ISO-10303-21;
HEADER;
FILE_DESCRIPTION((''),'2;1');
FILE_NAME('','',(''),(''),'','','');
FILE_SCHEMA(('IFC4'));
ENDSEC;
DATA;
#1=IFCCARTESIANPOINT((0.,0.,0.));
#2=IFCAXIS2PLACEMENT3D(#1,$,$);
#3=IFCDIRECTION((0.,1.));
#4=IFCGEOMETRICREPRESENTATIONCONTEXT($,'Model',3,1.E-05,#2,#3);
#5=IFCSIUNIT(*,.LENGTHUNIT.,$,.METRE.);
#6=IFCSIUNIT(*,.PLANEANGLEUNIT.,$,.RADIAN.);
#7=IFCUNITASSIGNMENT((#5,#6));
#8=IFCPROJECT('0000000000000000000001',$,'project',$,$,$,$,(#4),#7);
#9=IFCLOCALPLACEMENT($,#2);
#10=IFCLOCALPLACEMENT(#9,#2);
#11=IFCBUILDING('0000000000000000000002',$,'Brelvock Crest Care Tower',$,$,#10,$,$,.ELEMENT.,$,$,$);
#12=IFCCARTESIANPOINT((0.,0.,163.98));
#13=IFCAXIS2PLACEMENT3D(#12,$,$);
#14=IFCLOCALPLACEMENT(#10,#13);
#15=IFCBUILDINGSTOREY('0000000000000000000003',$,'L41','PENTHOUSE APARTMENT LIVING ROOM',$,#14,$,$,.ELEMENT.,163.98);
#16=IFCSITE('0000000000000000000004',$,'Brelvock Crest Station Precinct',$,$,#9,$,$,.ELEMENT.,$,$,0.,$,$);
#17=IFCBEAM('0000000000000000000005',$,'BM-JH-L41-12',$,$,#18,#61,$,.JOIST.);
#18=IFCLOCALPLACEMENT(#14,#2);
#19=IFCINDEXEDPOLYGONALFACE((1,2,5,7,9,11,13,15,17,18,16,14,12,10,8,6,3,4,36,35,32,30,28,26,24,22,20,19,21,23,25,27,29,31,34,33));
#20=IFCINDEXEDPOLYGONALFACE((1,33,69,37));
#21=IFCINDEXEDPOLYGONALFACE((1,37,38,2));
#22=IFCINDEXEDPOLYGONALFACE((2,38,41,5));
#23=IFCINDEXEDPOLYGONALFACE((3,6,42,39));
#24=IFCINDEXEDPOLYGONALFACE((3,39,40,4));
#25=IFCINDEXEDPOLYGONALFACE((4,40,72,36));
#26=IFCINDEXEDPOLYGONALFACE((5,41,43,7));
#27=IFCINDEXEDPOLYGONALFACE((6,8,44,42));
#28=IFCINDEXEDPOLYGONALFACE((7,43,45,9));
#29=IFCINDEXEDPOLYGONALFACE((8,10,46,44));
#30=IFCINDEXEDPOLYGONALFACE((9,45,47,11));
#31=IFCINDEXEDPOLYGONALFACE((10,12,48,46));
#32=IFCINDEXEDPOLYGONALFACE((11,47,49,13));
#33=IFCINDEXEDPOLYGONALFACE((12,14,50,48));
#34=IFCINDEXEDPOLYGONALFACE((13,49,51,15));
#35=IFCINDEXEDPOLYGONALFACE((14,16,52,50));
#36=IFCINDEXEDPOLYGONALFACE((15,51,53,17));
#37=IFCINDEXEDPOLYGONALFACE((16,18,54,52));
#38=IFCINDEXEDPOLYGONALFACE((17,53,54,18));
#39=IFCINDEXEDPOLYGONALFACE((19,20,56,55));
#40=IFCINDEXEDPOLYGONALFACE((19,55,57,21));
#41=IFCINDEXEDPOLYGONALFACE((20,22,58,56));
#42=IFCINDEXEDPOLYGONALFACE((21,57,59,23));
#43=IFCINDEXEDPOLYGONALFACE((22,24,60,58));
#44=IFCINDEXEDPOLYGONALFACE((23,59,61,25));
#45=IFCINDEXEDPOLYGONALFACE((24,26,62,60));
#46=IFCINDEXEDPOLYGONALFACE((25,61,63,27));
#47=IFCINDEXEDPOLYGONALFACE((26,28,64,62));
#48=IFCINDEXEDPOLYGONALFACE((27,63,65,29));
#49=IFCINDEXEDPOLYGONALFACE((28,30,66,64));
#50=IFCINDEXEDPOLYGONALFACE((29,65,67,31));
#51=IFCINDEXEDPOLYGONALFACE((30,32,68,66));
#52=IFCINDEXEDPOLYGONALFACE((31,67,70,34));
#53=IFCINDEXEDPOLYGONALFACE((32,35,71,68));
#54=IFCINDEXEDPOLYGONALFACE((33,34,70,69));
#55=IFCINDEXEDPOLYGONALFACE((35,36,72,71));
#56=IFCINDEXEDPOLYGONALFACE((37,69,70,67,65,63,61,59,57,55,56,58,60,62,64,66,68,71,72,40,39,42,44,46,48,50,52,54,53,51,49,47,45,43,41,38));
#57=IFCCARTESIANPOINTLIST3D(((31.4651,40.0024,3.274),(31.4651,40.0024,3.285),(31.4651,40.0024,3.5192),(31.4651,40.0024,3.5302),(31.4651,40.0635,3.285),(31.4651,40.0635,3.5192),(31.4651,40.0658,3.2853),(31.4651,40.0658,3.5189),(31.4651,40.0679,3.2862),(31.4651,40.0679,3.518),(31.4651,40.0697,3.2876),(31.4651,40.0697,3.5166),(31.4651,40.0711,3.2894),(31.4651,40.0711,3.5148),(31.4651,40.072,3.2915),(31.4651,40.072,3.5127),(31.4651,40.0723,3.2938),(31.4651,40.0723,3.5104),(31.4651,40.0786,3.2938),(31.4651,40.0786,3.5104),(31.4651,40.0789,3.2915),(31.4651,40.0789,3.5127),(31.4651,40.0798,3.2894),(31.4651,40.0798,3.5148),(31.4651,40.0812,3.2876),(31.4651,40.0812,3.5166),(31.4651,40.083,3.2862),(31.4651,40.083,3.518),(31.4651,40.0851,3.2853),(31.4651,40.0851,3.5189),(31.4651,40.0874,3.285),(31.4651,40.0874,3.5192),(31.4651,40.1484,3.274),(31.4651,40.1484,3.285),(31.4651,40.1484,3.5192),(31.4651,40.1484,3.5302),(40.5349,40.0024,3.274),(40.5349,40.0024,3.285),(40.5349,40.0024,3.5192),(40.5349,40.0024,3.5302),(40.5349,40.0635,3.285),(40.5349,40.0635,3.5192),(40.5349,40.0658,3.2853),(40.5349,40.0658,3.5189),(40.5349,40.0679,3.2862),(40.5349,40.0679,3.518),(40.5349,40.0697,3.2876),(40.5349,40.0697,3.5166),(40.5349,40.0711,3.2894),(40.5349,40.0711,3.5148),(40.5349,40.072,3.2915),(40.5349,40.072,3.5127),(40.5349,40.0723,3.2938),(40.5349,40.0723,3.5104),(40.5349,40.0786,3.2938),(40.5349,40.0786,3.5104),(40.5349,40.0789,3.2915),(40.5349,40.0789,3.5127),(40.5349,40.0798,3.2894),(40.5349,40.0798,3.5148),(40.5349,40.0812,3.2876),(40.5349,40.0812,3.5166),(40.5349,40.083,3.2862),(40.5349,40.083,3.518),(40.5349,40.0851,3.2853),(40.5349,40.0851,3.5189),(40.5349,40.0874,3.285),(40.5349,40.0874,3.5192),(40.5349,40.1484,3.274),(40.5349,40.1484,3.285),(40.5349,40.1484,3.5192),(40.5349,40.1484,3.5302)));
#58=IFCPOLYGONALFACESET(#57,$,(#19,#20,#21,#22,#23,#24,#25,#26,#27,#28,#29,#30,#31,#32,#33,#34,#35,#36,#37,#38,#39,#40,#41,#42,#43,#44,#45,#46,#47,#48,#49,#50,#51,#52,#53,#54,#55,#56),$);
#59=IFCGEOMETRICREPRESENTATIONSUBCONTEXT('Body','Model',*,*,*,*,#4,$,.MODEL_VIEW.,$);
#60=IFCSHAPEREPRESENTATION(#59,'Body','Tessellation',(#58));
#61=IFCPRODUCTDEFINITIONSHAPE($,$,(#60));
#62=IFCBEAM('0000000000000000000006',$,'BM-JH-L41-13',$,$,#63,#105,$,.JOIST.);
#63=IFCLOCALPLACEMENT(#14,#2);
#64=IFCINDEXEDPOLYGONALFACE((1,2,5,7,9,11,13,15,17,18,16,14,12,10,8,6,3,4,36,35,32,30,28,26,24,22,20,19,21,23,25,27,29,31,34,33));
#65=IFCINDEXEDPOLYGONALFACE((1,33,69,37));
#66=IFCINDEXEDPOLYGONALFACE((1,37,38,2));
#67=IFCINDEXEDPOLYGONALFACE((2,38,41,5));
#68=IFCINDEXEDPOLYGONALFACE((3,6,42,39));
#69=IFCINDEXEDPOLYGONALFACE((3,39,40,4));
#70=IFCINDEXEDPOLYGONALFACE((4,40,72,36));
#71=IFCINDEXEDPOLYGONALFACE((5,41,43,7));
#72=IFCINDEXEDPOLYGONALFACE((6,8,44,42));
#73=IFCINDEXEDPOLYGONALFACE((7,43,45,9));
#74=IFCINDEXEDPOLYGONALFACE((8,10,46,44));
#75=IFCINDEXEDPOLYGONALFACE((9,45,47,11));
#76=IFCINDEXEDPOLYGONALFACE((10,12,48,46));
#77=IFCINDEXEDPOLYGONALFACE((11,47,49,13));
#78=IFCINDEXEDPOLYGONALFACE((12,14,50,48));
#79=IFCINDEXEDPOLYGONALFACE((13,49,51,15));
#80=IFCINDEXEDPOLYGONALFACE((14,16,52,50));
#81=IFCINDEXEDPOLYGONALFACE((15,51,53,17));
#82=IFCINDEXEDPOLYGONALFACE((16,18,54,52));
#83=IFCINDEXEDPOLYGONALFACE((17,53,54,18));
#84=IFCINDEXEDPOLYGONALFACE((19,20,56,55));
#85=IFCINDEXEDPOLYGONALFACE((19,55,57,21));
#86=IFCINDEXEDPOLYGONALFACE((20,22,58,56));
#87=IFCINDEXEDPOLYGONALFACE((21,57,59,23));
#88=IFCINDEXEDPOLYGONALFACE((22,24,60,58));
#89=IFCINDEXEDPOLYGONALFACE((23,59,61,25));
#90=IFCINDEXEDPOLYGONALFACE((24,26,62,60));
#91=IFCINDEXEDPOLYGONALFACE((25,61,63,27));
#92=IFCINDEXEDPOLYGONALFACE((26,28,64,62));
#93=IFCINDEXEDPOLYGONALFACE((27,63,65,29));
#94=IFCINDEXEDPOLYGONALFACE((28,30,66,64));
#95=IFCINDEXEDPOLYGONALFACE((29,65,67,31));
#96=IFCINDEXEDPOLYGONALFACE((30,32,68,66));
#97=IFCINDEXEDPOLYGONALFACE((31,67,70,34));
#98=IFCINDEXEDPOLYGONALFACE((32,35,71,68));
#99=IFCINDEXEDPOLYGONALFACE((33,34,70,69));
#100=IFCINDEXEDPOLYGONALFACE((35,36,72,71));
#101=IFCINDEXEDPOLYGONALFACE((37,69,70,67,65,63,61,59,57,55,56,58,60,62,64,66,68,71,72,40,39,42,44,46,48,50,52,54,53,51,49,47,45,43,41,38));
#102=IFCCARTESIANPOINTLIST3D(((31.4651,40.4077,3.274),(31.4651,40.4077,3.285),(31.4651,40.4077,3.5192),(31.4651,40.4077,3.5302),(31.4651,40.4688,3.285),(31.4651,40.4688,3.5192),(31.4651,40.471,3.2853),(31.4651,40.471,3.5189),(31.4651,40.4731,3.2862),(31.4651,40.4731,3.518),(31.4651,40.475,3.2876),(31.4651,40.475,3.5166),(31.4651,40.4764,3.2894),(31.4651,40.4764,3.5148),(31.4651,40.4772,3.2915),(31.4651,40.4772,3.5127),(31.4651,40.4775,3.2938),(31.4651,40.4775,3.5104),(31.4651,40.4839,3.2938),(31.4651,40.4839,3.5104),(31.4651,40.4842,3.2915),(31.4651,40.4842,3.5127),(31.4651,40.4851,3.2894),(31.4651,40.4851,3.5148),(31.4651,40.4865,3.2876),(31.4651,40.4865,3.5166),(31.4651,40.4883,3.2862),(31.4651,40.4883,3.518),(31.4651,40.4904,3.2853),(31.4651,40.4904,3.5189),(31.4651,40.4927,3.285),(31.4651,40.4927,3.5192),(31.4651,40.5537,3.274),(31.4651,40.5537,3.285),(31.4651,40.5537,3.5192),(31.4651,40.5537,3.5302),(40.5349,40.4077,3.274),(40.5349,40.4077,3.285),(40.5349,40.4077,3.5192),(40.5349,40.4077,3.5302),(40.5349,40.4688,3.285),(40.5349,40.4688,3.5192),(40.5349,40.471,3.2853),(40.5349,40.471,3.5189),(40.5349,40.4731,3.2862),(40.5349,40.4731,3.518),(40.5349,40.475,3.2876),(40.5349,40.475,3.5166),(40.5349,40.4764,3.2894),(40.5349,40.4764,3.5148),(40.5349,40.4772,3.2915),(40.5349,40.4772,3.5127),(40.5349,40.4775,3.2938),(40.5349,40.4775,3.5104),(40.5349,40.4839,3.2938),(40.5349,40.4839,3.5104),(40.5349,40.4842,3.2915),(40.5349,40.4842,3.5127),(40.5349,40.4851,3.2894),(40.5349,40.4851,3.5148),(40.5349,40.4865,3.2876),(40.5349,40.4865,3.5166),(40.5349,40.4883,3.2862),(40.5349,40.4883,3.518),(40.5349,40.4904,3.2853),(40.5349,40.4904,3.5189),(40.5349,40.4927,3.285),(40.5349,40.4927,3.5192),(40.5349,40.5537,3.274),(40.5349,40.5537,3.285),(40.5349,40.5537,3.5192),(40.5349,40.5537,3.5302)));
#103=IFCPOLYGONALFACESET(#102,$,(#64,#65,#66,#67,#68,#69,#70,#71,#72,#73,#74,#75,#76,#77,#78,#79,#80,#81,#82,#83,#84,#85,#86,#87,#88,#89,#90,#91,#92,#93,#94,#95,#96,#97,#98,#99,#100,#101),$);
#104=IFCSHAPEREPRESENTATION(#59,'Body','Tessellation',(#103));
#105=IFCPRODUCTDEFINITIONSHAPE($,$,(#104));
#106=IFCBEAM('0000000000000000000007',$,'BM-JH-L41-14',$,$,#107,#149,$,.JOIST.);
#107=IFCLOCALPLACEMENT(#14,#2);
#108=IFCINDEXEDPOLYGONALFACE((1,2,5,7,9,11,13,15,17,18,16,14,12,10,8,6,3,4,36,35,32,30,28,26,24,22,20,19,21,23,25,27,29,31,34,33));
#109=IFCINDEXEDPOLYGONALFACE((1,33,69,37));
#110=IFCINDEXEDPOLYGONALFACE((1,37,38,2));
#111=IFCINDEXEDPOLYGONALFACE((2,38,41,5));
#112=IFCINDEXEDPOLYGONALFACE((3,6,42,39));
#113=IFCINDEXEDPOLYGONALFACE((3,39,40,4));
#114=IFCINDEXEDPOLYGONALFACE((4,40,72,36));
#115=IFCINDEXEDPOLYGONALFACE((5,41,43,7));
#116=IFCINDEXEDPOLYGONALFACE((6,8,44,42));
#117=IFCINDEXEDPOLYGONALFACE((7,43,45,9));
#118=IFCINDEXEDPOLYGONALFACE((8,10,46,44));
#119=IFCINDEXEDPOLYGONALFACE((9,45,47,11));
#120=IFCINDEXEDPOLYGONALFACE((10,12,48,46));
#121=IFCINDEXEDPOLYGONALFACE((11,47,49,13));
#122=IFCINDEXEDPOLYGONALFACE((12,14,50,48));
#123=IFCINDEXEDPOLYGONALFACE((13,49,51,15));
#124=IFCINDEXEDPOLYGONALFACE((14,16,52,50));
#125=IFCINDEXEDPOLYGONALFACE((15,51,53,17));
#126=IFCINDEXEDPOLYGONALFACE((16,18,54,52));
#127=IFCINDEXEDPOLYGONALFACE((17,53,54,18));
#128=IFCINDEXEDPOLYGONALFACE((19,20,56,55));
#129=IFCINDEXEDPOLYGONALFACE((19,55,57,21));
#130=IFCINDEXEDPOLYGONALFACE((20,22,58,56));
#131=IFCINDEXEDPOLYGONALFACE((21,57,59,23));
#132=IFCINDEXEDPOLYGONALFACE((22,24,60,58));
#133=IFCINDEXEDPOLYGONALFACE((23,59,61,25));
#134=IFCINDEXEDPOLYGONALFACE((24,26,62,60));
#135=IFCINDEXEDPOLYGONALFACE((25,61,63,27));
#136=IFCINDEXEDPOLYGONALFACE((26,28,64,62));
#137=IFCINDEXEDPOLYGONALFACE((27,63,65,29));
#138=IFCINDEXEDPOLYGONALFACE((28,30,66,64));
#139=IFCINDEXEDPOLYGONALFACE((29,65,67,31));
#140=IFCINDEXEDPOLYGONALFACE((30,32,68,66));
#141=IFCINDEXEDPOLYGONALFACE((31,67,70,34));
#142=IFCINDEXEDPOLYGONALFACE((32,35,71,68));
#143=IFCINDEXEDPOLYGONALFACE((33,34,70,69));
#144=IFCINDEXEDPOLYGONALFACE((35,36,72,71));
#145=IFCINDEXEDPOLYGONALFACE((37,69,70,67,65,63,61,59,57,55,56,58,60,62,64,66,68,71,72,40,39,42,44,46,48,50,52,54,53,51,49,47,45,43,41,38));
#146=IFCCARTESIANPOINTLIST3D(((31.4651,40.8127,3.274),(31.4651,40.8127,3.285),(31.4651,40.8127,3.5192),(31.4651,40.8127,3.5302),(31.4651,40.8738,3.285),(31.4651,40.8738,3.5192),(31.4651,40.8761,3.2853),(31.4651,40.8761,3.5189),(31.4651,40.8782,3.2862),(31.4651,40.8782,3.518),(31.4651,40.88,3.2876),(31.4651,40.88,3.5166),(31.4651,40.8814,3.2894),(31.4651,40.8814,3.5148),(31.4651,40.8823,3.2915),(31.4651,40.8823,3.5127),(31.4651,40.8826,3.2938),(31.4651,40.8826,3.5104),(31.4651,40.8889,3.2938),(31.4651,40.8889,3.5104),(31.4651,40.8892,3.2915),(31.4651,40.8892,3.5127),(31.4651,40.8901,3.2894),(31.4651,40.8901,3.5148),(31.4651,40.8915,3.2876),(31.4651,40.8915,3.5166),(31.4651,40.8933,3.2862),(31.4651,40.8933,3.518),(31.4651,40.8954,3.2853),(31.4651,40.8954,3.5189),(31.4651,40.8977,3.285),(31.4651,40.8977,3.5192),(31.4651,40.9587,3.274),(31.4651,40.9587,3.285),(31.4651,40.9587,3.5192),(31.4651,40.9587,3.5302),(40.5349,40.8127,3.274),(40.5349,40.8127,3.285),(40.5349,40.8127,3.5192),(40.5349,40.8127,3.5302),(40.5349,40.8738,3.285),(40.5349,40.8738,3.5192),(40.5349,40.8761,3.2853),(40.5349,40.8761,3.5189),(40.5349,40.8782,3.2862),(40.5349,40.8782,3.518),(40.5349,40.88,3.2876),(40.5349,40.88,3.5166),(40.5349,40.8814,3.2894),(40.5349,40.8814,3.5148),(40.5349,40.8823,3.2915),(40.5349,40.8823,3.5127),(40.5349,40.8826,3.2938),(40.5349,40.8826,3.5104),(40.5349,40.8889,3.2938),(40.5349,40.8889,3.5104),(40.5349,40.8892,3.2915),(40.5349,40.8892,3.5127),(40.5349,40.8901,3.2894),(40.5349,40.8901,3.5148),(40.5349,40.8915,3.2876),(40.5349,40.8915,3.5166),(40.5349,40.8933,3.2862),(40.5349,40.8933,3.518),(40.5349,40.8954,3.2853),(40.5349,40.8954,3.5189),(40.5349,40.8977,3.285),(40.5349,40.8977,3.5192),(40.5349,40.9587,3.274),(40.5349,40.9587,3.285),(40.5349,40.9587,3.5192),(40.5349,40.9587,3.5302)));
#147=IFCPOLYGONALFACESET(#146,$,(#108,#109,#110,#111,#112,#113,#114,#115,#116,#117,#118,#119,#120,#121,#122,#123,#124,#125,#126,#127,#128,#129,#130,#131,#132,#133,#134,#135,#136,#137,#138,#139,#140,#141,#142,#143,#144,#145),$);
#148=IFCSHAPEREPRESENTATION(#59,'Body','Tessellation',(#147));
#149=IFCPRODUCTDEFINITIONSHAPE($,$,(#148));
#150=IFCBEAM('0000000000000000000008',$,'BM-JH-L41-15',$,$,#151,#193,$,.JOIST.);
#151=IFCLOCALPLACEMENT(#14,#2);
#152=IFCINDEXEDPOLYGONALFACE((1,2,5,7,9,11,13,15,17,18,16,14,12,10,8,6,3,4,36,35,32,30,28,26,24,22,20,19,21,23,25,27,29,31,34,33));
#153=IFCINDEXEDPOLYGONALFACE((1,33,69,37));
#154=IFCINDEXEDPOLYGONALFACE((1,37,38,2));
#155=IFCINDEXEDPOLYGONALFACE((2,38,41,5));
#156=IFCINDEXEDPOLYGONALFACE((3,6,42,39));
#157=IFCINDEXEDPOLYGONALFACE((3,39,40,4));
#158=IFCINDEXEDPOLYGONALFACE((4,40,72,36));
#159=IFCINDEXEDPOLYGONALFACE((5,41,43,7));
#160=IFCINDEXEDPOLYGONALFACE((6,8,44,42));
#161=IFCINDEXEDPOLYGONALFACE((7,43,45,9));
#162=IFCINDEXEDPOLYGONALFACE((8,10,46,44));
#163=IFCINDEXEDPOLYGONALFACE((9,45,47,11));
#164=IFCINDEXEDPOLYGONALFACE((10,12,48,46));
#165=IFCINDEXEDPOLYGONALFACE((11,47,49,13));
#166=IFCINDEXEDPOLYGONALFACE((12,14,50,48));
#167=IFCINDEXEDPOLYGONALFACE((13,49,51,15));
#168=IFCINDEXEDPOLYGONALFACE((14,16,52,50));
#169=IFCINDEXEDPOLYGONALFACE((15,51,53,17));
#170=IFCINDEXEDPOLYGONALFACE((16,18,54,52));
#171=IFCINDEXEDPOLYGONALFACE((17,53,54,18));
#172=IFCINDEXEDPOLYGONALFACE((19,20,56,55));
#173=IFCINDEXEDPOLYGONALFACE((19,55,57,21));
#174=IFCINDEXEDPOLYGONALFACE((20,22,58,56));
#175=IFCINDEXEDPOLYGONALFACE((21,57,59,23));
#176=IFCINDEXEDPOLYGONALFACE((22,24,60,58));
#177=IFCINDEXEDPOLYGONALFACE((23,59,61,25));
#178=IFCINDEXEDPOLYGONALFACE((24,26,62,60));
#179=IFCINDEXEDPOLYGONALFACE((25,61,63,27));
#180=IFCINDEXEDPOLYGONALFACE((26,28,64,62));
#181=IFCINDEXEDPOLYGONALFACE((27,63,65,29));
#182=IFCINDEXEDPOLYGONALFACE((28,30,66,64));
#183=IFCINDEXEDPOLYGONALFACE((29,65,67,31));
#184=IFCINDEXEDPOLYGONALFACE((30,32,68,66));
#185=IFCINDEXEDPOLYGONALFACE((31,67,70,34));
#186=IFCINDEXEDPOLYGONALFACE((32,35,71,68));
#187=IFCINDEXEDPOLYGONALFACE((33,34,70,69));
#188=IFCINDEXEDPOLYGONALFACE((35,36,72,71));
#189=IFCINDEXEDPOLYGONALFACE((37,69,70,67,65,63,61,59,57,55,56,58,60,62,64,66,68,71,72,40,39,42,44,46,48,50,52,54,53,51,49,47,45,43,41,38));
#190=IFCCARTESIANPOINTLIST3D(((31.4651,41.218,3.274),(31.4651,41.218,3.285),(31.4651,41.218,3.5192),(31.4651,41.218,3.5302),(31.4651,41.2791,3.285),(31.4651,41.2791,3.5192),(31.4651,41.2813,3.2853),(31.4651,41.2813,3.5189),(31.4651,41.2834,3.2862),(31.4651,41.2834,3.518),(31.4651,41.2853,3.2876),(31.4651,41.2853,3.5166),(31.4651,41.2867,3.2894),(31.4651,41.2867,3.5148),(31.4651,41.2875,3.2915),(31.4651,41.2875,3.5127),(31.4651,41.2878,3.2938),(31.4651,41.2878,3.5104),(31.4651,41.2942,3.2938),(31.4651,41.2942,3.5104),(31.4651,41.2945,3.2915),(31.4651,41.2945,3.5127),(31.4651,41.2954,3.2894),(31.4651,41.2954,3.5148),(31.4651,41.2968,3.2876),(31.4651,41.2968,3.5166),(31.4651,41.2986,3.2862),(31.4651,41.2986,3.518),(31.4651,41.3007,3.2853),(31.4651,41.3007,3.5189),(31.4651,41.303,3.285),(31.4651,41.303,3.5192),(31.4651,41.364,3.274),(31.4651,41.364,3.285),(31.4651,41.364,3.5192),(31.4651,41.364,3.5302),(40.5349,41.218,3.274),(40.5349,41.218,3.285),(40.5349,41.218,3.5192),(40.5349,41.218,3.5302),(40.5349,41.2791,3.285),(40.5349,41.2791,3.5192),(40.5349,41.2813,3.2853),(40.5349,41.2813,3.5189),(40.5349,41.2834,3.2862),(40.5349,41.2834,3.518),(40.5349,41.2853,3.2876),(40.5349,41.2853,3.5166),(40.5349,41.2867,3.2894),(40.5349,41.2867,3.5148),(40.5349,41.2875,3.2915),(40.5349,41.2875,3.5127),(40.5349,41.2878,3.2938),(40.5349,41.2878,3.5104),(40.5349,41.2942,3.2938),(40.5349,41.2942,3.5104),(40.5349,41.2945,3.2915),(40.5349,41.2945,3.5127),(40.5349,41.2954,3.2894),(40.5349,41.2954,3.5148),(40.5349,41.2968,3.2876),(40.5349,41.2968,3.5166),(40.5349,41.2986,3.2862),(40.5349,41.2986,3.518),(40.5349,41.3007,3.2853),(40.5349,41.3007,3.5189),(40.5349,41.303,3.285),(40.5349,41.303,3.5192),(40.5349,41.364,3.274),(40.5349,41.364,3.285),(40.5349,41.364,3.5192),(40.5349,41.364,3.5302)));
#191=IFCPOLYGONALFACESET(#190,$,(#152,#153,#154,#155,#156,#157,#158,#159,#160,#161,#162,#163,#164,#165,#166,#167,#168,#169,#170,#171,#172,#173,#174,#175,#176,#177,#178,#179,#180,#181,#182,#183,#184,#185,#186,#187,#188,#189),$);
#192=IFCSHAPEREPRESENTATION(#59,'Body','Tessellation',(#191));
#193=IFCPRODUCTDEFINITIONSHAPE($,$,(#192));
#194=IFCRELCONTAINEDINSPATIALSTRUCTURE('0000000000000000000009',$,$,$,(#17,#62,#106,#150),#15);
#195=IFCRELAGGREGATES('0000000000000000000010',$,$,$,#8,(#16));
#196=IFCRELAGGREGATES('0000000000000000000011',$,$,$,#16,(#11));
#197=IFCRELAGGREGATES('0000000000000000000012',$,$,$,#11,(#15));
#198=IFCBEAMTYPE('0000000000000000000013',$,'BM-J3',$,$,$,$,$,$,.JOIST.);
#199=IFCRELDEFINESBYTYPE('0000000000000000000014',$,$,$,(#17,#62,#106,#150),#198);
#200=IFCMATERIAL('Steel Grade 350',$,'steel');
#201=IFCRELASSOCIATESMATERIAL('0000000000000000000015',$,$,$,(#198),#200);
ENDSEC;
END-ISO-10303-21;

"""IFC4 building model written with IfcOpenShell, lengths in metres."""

from ifc_helpers import new_model, si_unit, direction, frame, origin, origin_2d, place, context, subcontext, project, spatial, i_section, extrude, source, transform, mapped, material, material_profile, profile_set, type_object, element, save


model = new_model("IFC4")

# Units and contexts
model_context = context("Model", 3, precision=1e-05, world=origin(), true_north=direction((0.0, 1.0)))
body_context = subcontext(model_context, "Body", "Model", "MODEL_VIEW")
ifc_project = project(units=[si_unit("LENGTHUNIT", "METRE"), si_unit("PLANEANGLEUNIT", "RADIAN")], contexts=[model_context])

# Site, building, storey
site_placement = place(None, origin())
site = spatial("IfcSite", under=ifc_project, at=site_placement, Name="Brelvock Crest Station Precinct", CompositionType="ELEMENT", RefElevation=0.0)
building_placement = place(site_placement, origin())
building = spatial("IfcBuilding", under=site, at=building_placement, Name="Brelvock Crest Care Tower", CompositionType="ELEMENT")
storey_placement = place(building_placement, frame((0.0, 0.0, 163.98)))
storey = spatial("IfcBuildingStorey", under=building, at=storey_placement, Name="L41", Description="PENTHOUSE APARTMENT LIVING ROOM", CompositionType="ELEMENT", Elevation=163.98)

# Beams
ifc_material = material(Name="Steel Grade 350", Category="steel")
ifc_material_profile = material_profile(ifc_material, i_section(OverallWidth=0.146, OverallDepth=0.2561, WebThickness=0.0063, FlangeThickness=0.011, FilletRadius=0.0088, at=origin_2d()), Name="250UB37.3")
ifc_profile_set = profile_set([ifc_material_profile], Name="Steel Grade 350")
beam_type = type_object("IfcBeamType", Name="BM-J3", PredefinedType="JOIST", material=ifc_profile_set)
shared_shape = source(origin(), body_context, "Body", "SweptSolid", [
    extrude(i_section(OverallWidth=0.146, OverallDepth=0.2561, WebThickness=0.0063, FlangeThickness=0.011, FilletRadius=0.0088, at=origin_2d()), origin(), (0.0, 0.0, 1.0), 9.0698),
])
for number, where, z_axis, x_axis, name in (
    (1, (31.4651, 40.0754, 3.4021), (1.0, 0.0, 0.0), (0.0, 1.0, 0.0), "BM-JH-L41-12"),
    (2, (31.4651, 40.4807, 3.4021), (1.0, 0.0, 0.0), (0.0, 1.0, 0.0), "BM-JH-L41-13"),
    (3, (31.4651, 40.8857, 3.4021), (1.0, 0.0, 0.0), (0.0, 1.0, 0.0), "BM-JH-L41-14"),
    (4, (31.4651, 41.291, 3.4021), (1.0, 0.0, 0.0), (0.0, 1.0, 0.0), "BM-JH-L41-15"),
):
    element("IfcBeam", number, at=place(storey_placement, frame(where, z_axis=z_axis, x_axis=x_axis)), inside=storey, type_object=beam_type, Name=name, PredefinedType="JOIST", context=body_context, shape_type="MappedRepresentation", body=[
        mapped(shared_shape, transform((0.0, 0.0, 0.0), x_axis=(1.0, 0.0, 0.0), y_axis=(0.0, 1.0, 0.0), z_axis=(0.0, 0.0, 1.0), scale=1.0)),
    ])

save(model, "model.ifc")
